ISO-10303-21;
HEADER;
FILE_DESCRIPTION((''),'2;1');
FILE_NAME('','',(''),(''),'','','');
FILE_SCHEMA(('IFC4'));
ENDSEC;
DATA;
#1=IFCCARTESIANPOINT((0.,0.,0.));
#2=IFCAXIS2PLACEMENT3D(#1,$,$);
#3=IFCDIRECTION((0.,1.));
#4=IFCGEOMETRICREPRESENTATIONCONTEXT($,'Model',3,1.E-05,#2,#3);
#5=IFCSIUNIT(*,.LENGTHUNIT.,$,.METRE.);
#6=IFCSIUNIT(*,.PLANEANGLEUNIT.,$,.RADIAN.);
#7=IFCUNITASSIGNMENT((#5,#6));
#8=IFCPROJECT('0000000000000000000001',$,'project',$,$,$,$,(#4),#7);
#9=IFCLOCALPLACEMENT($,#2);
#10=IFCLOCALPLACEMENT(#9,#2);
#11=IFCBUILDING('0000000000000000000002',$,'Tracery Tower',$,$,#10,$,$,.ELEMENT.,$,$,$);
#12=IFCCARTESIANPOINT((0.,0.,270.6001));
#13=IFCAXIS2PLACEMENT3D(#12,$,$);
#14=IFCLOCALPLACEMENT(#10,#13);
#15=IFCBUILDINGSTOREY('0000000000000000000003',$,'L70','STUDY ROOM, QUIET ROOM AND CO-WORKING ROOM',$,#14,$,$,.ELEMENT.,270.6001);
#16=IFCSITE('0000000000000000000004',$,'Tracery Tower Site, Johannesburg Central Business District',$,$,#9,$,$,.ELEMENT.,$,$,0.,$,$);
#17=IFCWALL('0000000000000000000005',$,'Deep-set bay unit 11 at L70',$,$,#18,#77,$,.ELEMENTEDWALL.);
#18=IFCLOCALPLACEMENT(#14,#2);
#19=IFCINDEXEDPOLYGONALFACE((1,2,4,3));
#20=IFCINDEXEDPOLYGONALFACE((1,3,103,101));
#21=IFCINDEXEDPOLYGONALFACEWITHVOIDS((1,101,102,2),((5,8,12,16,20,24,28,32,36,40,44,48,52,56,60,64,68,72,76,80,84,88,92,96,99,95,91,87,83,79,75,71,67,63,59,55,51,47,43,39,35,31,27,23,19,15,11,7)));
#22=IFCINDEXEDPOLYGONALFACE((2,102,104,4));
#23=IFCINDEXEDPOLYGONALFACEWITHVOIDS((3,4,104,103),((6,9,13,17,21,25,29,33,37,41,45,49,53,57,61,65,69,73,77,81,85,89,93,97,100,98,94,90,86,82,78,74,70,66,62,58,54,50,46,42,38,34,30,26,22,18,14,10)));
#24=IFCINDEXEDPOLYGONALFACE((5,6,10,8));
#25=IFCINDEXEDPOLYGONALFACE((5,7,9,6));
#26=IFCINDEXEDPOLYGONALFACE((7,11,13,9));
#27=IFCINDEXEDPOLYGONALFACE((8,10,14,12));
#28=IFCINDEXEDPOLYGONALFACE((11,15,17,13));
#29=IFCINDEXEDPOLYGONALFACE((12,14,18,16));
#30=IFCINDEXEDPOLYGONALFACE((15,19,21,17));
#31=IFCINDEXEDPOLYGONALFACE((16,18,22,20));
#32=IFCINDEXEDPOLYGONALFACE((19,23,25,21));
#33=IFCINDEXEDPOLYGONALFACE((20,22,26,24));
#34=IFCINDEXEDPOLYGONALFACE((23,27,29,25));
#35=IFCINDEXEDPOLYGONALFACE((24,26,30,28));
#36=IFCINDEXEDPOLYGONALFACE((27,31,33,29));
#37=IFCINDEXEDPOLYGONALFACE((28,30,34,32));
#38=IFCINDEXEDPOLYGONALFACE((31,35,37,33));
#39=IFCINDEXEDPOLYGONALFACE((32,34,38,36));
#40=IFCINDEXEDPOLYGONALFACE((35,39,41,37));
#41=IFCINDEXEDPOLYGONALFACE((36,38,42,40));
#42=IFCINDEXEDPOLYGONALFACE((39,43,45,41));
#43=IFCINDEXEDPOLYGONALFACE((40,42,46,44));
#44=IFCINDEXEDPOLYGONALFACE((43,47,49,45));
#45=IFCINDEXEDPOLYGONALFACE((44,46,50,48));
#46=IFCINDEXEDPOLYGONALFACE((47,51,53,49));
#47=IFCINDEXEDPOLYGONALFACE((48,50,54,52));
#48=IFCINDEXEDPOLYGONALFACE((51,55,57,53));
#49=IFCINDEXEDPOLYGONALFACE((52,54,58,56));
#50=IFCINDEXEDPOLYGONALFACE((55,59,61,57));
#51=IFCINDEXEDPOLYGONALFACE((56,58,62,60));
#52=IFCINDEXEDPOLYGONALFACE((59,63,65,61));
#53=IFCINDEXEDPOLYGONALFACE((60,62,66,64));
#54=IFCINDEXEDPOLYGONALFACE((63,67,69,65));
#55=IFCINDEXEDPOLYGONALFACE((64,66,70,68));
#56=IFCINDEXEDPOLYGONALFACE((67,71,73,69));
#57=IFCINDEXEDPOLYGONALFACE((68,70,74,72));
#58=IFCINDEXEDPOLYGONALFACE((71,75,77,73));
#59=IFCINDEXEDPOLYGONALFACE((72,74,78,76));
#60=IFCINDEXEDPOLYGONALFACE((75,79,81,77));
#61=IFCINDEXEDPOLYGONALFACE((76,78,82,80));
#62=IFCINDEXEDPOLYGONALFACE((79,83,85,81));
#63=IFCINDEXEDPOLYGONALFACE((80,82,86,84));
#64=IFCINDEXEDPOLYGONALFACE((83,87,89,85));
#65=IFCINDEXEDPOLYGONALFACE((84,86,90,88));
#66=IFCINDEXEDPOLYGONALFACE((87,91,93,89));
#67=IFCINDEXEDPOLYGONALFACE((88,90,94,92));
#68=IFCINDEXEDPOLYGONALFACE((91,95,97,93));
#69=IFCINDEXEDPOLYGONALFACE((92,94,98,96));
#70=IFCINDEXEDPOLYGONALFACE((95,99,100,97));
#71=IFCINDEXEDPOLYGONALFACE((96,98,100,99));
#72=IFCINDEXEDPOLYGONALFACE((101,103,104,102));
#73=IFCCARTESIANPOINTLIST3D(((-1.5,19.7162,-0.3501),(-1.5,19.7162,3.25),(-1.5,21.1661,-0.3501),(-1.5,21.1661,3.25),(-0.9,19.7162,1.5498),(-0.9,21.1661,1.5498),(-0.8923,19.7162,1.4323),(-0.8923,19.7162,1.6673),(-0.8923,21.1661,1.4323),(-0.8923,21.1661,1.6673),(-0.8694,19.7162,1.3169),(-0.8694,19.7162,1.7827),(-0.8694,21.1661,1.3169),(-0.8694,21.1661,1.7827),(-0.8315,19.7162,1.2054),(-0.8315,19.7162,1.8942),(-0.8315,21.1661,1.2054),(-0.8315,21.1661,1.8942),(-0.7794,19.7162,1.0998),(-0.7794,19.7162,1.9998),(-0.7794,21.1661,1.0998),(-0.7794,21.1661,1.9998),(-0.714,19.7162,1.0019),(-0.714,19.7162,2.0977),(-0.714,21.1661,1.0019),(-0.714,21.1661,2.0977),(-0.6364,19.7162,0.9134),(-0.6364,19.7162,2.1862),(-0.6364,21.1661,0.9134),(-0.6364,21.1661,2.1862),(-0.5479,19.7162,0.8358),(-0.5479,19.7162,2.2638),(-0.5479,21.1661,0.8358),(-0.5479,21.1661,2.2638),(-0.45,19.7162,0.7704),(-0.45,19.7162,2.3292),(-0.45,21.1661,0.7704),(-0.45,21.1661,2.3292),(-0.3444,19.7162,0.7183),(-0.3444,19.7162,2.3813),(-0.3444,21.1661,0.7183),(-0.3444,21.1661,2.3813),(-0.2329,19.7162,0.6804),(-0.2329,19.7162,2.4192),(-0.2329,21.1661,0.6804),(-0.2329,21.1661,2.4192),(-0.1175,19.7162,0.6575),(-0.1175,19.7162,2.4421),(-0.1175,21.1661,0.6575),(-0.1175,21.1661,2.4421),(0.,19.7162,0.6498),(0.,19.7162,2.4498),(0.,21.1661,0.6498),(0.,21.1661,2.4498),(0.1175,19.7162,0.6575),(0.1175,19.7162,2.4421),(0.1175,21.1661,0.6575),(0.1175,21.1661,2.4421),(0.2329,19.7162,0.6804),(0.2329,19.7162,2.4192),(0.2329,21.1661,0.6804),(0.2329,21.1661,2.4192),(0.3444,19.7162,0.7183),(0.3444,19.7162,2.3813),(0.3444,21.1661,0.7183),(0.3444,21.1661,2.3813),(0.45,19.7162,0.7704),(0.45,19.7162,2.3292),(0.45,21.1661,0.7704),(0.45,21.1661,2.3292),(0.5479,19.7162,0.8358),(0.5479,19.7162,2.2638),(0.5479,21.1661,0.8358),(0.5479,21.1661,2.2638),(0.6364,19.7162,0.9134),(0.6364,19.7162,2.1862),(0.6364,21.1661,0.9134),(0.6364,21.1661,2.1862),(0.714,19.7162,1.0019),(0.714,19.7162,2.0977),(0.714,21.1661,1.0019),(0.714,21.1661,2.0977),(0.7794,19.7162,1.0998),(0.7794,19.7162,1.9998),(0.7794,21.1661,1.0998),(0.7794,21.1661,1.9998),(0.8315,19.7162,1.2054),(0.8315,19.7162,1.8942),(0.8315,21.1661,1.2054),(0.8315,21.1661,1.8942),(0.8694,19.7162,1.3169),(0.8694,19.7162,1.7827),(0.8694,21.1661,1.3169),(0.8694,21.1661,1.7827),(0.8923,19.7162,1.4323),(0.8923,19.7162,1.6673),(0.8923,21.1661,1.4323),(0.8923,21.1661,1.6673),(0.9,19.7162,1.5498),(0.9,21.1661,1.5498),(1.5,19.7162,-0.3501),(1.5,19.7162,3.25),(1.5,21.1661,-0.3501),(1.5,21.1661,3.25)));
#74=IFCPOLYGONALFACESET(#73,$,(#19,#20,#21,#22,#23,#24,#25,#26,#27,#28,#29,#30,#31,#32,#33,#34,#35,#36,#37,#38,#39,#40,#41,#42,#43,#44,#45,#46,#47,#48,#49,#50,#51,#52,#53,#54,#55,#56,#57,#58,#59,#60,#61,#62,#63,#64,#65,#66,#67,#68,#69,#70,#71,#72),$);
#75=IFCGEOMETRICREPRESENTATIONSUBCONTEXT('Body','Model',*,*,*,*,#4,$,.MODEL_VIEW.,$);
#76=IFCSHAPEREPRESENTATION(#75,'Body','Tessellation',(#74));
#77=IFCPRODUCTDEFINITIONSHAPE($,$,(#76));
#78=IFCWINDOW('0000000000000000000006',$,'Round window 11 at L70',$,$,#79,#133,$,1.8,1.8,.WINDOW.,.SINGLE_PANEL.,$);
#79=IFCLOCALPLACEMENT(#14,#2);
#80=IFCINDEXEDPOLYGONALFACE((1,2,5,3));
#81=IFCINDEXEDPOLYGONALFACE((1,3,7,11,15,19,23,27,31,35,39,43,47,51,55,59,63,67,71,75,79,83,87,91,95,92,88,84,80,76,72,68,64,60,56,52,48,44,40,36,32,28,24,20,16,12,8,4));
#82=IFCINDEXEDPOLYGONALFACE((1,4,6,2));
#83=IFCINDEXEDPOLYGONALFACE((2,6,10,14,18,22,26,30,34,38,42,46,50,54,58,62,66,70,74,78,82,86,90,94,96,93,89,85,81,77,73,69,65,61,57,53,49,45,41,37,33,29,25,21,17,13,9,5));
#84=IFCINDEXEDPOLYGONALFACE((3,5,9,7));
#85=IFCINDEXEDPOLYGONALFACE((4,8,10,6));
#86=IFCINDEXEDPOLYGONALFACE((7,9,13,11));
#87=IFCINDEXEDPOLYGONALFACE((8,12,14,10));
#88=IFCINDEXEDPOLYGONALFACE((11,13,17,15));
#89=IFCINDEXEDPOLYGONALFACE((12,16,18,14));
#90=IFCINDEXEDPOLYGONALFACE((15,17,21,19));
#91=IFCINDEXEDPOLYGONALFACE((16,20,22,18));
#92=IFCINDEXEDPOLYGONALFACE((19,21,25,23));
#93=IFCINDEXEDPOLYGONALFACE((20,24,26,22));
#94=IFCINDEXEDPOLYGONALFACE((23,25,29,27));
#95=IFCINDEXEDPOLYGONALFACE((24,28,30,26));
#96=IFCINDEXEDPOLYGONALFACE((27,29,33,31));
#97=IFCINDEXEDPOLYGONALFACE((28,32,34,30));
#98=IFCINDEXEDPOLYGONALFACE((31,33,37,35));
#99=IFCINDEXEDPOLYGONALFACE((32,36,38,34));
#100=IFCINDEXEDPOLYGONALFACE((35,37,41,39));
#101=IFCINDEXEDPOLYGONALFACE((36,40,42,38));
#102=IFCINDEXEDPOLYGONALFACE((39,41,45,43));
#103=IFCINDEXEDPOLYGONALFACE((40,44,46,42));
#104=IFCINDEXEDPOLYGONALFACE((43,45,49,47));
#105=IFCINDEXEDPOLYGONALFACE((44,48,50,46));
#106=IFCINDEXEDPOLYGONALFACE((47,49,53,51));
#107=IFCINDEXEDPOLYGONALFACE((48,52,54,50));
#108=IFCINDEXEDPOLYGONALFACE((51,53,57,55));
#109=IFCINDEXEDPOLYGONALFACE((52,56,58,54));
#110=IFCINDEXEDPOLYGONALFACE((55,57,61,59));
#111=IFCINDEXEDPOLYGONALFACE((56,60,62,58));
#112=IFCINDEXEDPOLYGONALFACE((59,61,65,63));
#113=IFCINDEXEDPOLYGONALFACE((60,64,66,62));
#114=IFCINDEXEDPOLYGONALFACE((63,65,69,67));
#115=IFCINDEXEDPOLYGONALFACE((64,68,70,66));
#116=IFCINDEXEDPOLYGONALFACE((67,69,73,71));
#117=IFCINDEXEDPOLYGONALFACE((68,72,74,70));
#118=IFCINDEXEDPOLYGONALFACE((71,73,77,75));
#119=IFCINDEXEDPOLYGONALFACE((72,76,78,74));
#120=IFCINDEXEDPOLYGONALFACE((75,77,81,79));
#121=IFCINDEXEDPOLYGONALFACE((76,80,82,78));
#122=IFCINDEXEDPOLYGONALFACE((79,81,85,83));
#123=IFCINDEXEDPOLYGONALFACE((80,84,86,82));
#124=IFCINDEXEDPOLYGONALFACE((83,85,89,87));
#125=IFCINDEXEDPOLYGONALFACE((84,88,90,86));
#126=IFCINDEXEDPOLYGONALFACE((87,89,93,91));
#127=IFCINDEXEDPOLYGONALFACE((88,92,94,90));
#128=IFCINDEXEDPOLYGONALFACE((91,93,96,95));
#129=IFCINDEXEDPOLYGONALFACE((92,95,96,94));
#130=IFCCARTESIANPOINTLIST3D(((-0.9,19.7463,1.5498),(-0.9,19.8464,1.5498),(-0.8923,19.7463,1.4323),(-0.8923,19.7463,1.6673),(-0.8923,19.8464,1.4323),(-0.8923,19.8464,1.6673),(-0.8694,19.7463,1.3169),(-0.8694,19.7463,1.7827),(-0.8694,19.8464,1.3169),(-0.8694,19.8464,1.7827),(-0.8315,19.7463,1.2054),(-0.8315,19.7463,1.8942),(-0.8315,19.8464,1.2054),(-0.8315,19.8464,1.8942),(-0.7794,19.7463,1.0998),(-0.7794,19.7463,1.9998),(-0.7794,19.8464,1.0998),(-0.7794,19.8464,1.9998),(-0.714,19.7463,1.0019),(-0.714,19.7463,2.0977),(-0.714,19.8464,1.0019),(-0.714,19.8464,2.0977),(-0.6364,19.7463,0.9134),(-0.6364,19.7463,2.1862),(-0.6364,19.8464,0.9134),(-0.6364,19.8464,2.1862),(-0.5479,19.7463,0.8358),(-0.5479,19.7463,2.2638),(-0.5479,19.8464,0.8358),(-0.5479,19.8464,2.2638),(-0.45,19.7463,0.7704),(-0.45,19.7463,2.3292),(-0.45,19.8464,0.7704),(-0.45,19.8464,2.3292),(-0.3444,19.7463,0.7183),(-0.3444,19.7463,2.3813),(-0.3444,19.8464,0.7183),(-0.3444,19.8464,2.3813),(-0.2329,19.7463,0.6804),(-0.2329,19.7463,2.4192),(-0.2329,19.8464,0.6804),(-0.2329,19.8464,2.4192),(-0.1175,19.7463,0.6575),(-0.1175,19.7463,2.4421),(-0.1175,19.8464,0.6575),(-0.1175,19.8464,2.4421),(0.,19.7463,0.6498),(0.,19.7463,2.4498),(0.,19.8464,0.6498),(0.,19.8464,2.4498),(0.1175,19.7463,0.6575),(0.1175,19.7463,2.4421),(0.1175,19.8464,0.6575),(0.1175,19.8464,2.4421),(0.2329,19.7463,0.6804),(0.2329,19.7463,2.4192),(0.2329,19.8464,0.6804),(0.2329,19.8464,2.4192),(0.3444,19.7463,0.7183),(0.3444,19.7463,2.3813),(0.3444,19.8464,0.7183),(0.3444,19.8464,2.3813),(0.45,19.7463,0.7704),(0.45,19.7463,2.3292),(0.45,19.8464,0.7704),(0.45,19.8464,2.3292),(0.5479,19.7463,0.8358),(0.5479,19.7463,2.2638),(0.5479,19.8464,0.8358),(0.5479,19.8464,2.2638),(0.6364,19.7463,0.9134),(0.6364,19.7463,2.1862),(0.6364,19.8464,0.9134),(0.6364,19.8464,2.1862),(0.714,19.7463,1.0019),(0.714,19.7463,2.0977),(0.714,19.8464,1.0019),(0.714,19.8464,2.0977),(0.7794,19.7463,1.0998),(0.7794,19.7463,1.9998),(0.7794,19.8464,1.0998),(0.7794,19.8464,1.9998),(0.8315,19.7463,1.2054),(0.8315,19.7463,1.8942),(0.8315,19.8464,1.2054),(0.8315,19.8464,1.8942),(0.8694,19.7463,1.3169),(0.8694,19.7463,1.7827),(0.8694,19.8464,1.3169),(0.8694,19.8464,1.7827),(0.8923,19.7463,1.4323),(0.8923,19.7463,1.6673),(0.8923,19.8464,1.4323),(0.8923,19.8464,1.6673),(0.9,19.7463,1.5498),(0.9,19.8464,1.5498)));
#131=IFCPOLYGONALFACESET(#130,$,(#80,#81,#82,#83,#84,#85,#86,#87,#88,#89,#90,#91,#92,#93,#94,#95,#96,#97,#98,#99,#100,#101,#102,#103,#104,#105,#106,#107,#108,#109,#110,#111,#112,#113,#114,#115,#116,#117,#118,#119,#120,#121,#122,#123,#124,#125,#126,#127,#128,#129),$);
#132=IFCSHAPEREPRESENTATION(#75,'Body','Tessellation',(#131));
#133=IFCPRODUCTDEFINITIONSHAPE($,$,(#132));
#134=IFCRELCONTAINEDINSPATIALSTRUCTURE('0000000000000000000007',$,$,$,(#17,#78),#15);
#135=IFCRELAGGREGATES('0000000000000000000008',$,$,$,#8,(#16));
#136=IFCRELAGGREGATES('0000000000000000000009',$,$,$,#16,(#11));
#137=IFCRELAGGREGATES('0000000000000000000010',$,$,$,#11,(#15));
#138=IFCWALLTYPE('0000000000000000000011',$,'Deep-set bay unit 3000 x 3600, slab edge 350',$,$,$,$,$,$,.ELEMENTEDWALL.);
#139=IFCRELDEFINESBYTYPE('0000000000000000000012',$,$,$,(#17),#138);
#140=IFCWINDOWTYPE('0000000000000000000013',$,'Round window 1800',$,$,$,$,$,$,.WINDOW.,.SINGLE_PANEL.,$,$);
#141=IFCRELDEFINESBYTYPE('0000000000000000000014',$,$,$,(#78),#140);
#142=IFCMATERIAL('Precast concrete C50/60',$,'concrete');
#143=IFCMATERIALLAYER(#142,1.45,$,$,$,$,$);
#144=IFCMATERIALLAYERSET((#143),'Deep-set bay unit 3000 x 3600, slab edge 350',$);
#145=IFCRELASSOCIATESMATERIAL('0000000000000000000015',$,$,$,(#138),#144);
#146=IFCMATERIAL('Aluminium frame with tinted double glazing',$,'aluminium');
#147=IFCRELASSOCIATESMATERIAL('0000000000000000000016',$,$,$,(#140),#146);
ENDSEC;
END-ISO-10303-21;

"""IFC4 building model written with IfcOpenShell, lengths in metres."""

from ifc_helpers import new_model, si_unit, direction, frame, frame_2d, origin, origin_2d, place, context, subcontext, project, spatial, rectangle, circle, extrude, material, layer, layer_set, type_object, element, fill, save


model = new_model("IFC4")

# Units and contexts
model_context = context("Model", 3, precision=1e-05, world=origin(), true_north=direction((0.0, 1.0)))
body_context = subcontext(model_context, "Body", "Model", "MODEL_VIEW")
ifc_project = project(units=[si_unit("LENGTHUNIT", "METRE"), si_unit("PLANEANGLEUNIT", "RADIAN")], contexts=[model_context])

# Site, building, storey
site_placement = place(None, origin())
site = spatial("IfcSite", under=ifc_project, at=site_placement, Name="Tracery Tower Site, Johannesburg Central Business District", CompositionType="ELEMENT", RefElevation=0.0)
building_placement = place(site_placement, origin())
building = spatial("IfcBuilding", under=site, at=building_placement, Name="Tracery Tower", CompositionType="ELEMENT")
storey_placement = place(building_placement, frame((0.0, 0.0, 270.6001)))
storey = spatial("IfcBuildingStorey", under=building, at=storey_placement, Name="L70", Description="STUDY ROOM, QUIET ROOM AND CO-WORKING ROOM", CompositionType="ELEMENT", Elevation=270.6001)

# Wall, opening, window
ifc_material_1 = material(Name="Precast concrete C50/60", Category="concrete")
ifc_layer_1 = layer(ifc_material_1, 1.45)
ifc_layer_set_1 = layer_set([ifc_layer_1], Name="Deep-set bay unit 3000 x 3600, slab edge 350")
wall_type_1 = type_object("IfcWallType", Name="Deep-set bay unit 3000 x 3600, slab edge 350", PredefinedType="ELEMENTEDWALL", material=ifc_layer_set_1)
wall_1_placement = place(storey_placement, frame((1.5, 20.4412, -0.3501), z_axis=(0.0, 0.0, 1.0), x_axis=(-1.0, 0.0, 0.0)))
wall_1 = element("IfcWall", 1, at=wall_1_placement, inside=storey, type_object=wall_type_1, Name="Deep-set bay unit 11 at L70", PredefinedType="ELEMENTEDWALL", context=body_context, shape_type="SweptSolid", body=[
    extrude(rectangle(XDim=3.0, YDim=1.45, at=frame_2d((1.5, 0.0))), origin(), (0.0, 0.0, 1.0), 3.6001),
])
opening_1_placement = place(wall_1_placement, frame((1.5, 0.0, 1.8999)))
opening_1 = element("IfcOpeningElement", 2, at=opening_1_placement, cuts=wall_1, PredefinedType="OPENING", context=body_context, shape_type="SweptSolid", body=[
    extrude(circle(Radius=0.9, at=origin_2d()), frame((0.0, 0.7349, 0.0), z_axis=(0.0, -1.0, 0.0), x_axis=(1.0, 0.0, 0.0)), (0.0, 0.0, 1.0), 1.47),
])
ifc_material_2 = material(Name="Aluminium frame with tinted double glazing", Category="aluminium")
window_type = type_object("IfcWindowType", Name="Round window 1800", PartitioningType="SINGLE_PANEL", PredefinedType="WINDOW", material=ifc_material_2)
window_1_placement = place(opening_1_placement, origin())
window_1 = element("IfcWindow", 3, at=window_1_placement, inside=storey, type_object=window_type, Name="Round window 11 at L70", OverallHeight=1.8, OverallWidth=1.8, PartitioningType="SINGLE_PANEL", PredefinedType="WINDOW", context=body_context, shape_type="SweptSolid", body=[
    extrude(circle(Radius=0.9, at=origin_2d()), frame((0.0, 0.6948, 0.0), z_axis=(0.0, -1.0, 0.0), x_axis=(1.0, 0.0, 0.0)), (0.0, 0.0, 1.0), 0.1001),
])
fill(opening_1, window_1)

save(model, "model.ifc")
